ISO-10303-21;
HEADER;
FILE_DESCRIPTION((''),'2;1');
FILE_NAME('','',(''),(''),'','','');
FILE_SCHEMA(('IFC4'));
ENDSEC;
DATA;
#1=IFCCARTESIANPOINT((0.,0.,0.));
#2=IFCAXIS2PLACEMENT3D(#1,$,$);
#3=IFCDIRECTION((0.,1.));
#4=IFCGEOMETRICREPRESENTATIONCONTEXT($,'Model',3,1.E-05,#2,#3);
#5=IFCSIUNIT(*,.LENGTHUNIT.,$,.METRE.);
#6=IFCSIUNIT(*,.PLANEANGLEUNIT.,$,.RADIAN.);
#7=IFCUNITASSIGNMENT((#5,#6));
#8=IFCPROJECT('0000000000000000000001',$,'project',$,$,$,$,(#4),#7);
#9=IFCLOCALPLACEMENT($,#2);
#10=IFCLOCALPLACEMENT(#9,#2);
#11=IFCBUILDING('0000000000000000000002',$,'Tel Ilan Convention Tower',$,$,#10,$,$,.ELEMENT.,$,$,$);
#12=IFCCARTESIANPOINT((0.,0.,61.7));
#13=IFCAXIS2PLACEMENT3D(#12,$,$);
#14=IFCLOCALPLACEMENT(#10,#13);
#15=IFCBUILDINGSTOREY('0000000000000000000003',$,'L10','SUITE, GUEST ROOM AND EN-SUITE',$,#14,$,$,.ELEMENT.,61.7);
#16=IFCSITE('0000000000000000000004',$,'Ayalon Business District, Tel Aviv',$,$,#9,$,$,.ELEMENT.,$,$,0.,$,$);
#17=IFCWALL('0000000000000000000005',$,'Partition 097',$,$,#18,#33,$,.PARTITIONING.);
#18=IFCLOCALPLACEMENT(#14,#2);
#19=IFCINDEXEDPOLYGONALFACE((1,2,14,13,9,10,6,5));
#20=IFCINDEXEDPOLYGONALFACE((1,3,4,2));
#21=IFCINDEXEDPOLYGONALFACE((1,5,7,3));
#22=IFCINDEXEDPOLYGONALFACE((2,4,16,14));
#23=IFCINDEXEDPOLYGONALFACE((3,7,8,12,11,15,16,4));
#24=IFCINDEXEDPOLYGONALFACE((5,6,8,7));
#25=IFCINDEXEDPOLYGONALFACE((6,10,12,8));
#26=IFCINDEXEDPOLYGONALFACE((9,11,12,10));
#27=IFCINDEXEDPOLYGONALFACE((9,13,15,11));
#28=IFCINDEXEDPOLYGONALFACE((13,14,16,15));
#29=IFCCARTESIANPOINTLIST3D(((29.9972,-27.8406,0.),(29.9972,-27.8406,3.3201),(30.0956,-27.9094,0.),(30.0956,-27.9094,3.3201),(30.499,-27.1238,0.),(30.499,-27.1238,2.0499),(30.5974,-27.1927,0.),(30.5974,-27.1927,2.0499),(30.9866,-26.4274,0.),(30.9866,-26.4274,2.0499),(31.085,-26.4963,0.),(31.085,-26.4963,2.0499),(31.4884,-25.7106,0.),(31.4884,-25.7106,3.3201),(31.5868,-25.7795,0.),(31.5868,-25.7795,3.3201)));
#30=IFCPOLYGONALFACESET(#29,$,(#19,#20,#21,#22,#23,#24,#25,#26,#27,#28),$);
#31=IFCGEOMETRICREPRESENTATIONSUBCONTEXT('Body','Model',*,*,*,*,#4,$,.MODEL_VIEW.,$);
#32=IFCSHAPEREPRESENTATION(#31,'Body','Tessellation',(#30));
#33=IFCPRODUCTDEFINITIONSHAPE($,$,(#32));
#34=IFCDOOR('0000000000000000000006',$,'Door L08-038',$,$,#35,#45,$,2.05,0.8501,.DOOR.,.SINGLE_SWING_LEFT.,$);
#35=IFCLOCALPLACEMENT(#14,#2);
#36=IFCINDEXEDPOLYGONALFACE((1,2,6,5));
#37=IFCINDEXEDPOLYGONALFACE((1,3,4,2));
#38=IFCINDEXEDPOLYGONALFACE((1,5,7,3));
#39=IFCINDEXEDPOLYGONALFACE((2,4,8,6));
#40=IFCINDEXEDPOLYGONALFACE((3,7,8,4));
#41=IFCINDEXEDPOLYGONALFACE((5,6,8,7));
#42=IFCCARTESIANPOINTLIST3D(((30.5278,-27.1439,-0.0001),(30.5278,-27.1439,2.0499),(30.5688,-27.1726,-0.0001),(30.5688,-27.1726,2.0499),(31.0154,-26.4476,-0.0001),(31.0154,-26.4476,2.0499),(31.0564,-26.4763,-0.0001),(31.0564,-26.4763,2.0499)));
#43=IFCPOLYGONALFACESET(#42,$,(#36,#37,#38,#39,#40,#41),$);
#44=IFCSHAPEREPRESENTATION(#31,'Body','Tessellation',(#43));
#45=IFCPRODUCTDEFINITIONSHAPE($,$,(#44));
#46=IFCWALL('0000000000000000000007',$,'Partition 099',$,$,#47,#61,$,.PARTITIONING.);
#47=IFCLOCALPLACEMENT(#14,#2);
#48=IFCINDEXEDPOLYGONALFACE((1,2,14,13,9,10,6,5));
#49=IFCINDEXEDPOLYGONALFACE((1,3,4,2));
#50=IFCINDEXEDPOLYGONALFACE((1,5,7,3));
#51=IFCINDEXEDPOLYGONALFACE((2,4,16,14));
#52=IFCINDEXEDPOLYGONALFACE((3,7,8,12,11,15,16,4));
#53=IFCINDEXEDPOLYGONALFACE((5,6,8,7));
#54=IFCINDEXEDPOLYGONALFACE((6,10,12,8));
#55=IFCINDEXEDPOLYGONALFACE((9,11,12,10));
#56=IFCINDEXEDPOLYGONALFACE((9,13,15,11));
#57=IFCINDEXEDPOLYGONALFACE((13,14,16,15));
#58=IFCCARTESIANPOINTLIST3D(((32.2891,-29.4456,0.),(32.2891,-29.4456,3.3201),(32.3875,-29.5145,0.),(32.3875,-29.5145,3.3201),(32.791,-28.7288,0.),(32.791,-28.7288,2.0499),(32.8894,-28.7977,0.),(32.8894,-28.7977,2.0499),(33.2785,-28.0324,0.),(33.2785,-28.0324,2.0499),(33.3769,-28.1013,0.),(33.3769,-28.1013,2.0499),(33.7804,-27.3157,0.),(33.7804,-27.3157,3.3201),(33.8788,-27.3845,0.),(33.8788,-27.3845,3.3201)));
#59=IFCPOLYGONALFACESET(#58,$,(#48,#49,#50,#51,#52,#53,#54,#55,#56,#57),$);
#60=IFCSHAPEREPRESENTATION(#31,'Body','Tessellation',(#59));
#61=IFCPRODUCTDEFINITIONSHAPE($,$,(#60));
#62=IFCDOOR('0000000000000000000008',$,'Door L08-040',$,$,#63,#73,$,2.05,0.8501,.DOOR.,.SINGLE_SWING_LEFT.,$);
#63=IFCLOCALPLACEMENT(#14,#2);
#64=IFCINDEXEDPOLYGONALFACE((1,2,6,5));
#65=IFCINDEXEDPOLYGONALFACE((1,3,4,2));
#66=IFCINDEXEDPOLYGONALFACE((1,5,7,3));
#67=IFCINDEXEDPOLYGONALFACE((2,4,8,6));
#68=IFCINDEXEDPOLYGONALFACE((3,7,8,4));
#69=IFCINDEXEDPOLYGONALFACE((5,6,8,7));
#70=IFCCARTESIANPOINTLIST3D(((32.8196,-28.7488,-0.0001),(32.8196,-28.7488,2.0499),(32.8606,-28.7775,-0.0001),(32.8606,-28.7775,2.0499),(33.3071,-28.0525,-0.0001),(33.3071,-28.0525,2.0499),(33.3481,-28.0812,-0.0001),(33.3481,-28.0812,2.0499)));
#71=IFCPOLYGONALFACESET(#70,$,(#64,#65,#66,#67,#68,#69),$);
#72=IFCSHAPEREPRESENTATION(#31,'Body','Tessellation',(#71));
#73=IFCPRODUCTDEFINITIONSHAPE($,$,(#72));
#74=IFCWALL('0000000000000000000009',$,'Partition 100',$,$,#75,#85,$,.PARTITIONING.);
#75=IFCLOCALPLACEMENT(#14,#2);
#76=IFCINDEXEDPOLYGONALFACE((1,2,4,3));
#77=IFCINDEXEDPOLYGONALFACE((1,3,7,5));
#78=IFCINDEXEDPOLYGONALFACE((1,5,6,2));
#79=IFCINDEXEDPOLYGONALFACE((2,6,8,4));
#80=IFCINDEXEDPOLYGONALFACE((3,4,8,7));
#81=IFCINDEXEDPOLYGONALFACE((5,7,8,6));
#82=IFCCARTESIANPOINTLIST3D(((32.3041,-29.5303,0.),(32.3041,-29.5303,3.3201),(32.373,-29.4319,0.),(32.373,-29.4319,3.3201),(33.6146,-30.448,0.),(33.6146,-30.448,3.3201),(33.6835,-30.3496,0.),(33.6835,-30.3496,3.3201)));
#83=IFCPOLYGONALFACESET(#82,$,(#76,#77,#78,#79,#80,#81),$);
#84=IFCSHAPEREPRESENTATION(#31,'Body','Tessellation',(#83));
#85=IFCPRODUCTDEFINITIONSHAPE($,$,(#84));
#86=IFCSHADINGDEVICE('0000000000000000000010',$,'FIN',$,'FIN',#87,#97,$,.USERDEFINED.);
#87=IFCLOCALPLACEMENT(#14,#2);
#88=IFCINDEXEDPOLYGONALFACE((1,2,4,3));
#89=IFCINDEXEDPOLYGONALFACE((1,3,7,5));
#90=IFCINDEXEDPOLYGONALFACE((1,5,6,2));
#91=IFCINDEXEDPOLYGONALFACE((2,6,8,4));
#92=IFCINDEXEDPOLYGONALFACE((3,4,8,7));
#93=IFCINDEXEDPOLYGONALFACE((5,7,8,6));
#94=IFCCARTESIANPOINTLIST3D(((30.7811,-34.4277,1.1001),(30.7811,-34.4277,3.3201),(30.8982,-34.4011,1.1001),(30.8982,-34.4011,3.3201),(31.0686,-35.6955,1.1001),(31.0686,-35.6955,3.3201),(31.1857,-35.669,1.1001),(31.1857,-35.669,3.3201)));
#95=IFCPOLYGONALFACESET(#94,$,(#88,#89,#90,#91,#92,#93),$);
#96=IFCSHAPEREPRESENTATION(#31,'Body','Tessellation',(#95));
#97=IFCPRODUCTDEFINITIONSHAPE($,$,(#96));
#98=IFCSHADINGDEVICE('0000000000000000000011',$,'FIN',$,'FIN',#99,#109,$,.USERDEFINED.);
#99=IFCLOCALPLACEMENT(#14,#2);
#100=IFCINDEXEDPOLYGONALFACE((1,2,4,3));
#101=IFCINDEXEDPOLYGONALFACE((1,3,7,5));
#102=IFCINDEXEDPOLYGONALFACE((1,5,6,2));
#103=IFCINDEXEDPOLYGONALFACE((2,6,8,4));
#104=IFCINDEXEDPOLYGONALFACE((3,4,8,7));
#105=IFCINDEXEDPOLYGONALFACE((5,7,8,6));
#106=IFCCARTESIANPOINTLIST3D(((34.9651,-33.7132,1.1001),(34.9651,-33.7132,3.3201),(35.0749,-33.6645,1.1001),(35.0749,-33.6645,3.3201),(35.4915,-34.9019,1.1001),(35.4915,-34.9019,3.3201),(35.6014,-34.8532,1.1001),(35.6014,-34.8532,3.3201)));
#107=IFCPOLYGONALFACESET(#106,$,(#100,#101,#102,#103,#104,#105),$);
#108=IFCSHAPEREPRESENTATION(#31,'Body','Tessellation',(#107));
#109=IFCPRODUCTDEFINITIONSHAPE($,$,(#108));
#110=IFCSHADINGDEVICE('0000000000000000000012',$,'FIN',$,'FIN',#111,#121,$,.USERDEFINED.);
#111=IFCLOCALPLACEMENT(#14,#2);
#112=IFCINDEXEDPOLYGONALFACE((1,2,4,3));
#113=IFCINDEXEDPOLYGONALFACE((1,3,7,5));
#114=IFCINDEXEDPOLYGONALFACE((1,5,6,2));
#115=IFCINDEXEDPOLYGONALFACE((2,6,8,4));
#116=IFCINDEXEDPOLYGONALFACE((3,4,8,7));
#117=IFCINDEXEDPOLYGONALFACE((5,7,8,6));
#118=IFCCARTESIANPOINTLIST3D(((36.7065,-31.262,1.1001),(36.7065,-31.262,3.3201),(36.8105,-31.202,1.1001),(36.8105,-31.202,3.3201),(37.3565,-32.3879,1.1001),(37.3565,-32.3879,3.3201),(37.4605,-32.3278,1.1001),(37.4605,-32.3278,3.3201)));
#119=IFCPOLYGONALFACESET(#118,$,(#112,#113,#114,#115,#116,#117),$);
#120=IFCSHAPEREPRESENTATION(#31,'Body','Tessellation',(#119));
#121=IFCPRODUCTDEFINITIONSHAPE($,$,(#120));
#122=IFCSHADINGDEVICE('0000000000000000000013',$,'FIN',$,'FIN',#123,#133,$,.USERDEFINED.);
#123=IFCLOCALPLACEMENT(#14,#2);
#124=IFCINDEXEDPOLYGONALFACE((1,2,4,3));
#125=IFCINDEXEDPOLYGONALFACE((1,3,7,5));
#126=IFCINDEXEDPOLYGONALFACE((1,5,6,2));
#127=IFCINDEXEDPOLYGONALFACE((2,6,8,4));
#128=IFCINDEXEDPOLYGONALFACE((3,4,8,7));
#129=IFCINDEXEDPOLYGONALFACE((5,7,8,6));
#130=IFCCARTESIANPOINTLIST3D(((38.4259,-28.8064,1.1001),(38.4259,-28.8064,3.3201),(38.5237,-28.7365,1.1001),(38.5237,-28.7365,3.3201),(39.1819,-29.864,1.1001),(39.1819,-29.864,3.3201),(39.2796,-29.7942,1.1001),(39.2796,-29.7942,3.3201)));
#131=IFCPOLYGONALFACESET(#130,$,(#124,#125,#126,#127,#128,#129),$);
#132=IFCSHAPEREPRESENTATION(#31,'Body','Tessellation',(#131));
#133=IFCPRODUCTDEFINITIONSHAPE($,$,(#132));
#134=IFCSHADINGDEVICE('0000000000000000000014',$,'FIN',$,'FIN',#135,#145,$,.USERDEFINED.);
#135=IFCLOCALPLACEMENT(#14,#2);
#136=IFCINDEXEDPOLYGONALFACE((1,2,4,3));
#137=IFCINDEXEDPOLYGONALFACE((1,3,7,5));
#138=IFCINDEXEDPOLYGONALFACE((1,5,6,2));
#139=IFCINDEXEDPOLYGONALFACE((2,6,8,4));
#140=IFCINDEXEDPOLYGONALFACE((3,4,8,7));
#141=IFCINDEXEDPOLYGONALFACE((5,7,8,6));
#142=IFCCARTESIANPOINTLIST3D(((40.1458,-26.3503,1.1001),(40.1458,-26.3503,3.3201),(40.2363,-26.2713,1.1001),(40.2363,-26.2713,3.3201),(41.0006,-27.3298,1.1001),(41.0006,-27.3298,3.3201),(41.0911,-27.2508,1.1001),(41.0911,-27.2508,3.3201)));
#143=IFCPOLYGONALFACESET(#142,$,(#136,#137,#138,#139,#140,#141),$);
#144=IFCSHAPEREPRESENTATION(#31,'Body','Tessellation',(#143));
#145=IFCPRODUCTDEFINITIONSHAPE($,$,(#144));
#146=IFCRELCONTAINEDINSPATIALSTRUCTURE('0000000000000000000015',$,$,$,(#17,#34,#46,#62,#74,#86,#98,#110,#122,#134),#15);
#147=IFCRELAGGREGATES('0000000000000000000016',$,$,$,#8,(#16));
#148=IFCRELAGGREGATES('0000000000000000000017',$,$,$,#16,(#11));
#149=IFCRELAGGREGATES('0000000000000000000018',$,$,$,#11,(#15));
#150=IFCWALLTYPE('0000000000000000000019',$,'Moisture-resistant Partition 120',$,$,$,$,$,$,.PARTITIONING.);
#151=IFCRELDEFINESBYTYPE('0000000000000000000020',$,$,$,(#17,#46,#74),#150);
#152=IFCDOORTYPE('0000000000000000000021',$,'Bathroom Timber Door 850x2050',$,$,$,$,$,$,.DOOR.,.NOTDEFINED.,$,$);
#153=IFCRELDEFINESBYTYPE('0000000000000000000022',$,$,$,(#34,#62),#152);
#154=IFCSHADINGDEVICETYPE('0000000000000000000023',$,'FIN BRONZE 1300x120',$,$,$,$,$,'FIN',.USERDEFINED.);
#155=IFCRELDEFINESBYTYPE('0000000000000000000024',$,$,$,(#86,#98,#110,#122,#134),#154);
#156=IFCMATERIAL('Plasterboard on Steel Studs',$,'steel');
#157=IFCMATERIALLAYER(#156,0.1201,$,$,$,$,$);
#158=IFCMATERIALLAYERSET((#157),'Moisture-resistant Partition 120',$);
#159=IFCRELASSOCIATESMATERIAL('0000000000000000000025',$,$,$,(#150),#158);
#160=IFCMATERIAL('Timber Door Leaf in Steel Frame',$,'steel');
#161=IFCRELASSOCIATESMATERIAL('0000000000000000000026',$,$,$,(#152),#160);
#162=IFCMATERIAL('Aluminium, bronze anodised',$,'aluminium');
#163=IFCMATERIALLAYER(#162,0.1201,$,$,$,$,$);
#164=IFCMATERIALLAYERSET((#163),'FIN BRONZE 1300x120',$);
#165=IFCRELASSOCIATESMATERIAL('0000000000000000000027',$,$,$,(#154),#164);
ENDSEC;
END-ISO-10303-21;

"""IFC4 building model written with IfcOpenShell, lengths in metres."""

from ifc_helpers import new_model, si_unit, direction, frame, frame_2d, origin, origin_2d, place, context, subcontext, project, spatial, rectangle, extrude, material, layer, layer_set, type_object, element, fill, save


model = new_model("IFC4")

# Units and contexts
model_context = context("Model", 3, precision=1e-05, world=origin(), true_north=direction((0.0, 1.0)))
body_context = subcontext(model_context, "Body", "Model", "MODEL_VIEW")
ifc_project = project(units=[si_unit("LENGTHUNIT", "METRE"), si_unit("PLANEANGLEUNIT", "RADIAN")], contexts=[model_context])

# Site, building, storey
site_placement = place(None, origin())
site = spatial("IfcSite", under=ifc_project, at=site_placement, Name="Ayalon Business District, Tel Aviv", CompositionType="ELEMENT", RefElevation=0.0)
building_placement = place(site_placement, origin())
building = spatial("IfcBuilding", under=site, at=building_placement, Name="Tel Ilan Convention Tower", CompositionType="ELEMENT")
storey_placement = place(building_placement, frame((0.0, 0.0, 61.7)))
storey = spatial("IfcBuildingStorey", under=building, at=storey_placement, Name="L10", Description="SUITE, GUEST ROOM AND EN-SUITE", CompositionType="ELEMENT", Elevation=61.7)

# Walls, openings, doors
ifc_material_1 = material(Name="Plasterboard on Steel Studs", Category="steel")
ifc_layer_1 = layer(ifc_material_1, 0.1201)
ifc_layer_set_1 = layer_set([ifc_layer_1], Name="Moisture-resistant Partition 120")
wall_type_1 = type_object("IfcWallType", Name="Moisture-resistant Partition 120", PredefinedType="PARTITIONING", material=ifc_layer_set_1)
wall_1_placement = place(storey_placement, frame((30.0464, -27.875, 0.0), z_axis=(0.0, 0.0, 1.0), x_axis=(0.573538, 0.819179, 0.0)))
wall_1 = element("IfcWall", 1, at=wall_1_placement, inside=storey, type_object=wall_type_1, Name="Partition 097", PredefinedType="PARTITIONING", context=body_context, shape_type="SweptSolid", body=[
    extrude(rectangle(XDim=2.6001, YDim=0.1201, at=frame_2d((1.3, 0.0))), origin(), (0.0, 0.0, 1.0), 3.3201),
])
opening_1_placement = place(wall_1_placement, frame((0.875, 0.0, 0.0)))
opening_1 = element("IfcOpeningElement", 2, at=opening_1_placement, cuts=wall_1, PredefinedType="OPENING", context=body_context, shape_type="SweptSolid", body=[
    extrude(rectangle(XDim=0.8501, YDim=2.05, at=frame_2d((0.425, 1.0249))), frame((0.0, 0.0701, 0.0), z_axis=(0.0, -1.0, 0.0), x_axis=(1.0, 0.0, 0.0)), (0.0, 0.0, 1.0), 0.1401),
])
ifc_material_2 = material(Name="Timber Door Leaf in Steel Frame", Category="steel")
door_type_1 = type_object("IfcDoorType", Name="Bathroom Timber Door 850x2050", OperationType="NOTDEFINED", PredefinedType="DOOR", material=ifc_material_2)
door_1_placement = place(opening_1_placement, origin())
door_1 = element("IfcDoor", 3, at=door_1_placement, inside=storey, type_object=door_type_1, Name="Door L08-038", OperationType="SINGLE_SWING_LEFT", OverallHeight=2.05, OverallWidth=0.8501, PredefinedType="DOOR", context=body_context, shape_type="SweptSolid", body=[
    extrude(rectangle(XDim=0.8501, YDim=2.05, at=frame_2d((0.425, 1.0249))), frame((0.0, 0.0249, 0.0), z_axis=(0.0, -1.0, 0.0), x_axis=(1.0, 0.0, 0.0)), (0.0, 0.0, 1.0), 0.05),
])
fill(opening_1, door_1)
wall_2_placement = place(storey_placement, frame((33.8296, -27.3501, 0.0), z_axis=(0.0, 0.0, 1.0), x_axis=(-0.573538, -0.819179, 0.0)))
wall_2 = element("IfcWall", 4, at=wall_2_placement, inside=storey, type_object=wall_type_1, Name="Partition 099", PredefinedType="PARTITIONING", context=body_context, shape_type="SweptSolid", body=[
    extrude(rectangle(XDim=2.6001, YDim=0.1201, at=frame_2d((1.3, 0.0))), origin(), (0.0, 0.0, 1.0), 3.3201),
])
opening_2_placement = place(wall_2_placement, frame((0.875, 0.0, 0.0)))
opening_2 = element("IfcOpeningElement", 5, at=opening_2_placement, cuts=wall_2, PredefinedType="OPENING", context=body_context, shape_type="SweptSolid", body=[
    extrude(rectangle(XDim=0.8501, YDim=2.05, at=frame_2d((0.425, 1.0249))), frame((0.0, 0.0701, 0.0), z_axis=(0.0, -1.0, 0.0), x_axis=(1.0, 0.0, 0.0)), (0.0, 0.0, 1.0), 0.1401),
])
door_2_placement = place(opening_2_placement, origin())
door_2 = element("IfcDoor", 6, at=door_2_placement, inside=storey, type_object=door_type_1, Name="Door L08-040", OperationType="SINGLE_SWING_LEFT", OverallHeight=2.05, OverallWidth=0.8501, PredefinedType="DOOR", context=body_context, shape_type="SweptSolid", body=[
    extrude(rectangle(XDim=0.8501, YDim=2.05, at=frame_2d((0.425, 1.0249))), frame((0.0, 0.0249, 0.0), z_axis=(0.0, -1.0, 0.0), x_axis=(1.0, 0.0, 0.0)), (0.0, 0.0, 1.0), 0.05),
])
fill(opening_2, door_2)

# Wall
wall_3_placement = place(storey_placement, frame((32.3386, -29.4812, 0.0), z_axis=(0.0, 0.0, 1.0), x_axis=(0.819132, -0.573606, 0.0)))
element("IfcWall", 7, at=wall_3_placement, inside=storey, type_object=wall_type_1, Name="Partition 100", PredefinedType="PARTITIONING", context=body_context, shape_type="SweptSolid", body=[
    extrude(rectangle(XDim=1.5999, YDim=0.1201, at=frame_2d((0.7998, 0.0))), origin(), (0.0, 0.0, 1.0), 3.3201),
])

# Shading devices
ifc_material_3 = material(Name="Aluminium, bronze anodised", Category="aluminium")
ifc_layer_2 = layer(ifc_material_3, 0.1201)
ifc_layer_set_2 = layer_set([ifc_layer_2], Name="FIN BRONZE 1300x120")
shading_device_type = type_object("IfcShadingDeviceType", Name="FIN BRONZE 1300x120", ElementType="FIN", PredefinedType="USERDEFINED", material=ifc_layer_set_2)
for number, where, z_axis, x_axis, name in (
    (8, (30.9834, -35.0483, 1.1001), (0.0, 0.0, 1.0), (0.22117, -0.975235, 0.0), "FIN"),
    (9, (35.2832, -34.2832, 1.1001), (0.0, 0.0, 1.0), (0.404964, -0.914333, 0.0), "FIN"),
    (10, (37.0835, -31.7949, 1.1001), (0.0, 0.0, 1.0), (0.5, -0.866025, 0.0), "FIN"),
    (11, (38.8528, -29.3003, 1.1001), (0.0, 0.0, 1.0), (0.581492, -0.813552, 0.0), "FIN"),
    (12, (40.6184, -26.8005, 1.1001), (0.0, 0.0, 1.0), (0.657521, -0.753436, 0.0), "FIN"),
):
    element("IfcShadingDevice", number, at=place(storey_placement, frame(where, z_axis=z_axis, x_axis=x_axis)), inside=storey, type_object=shading_device_type, Name=name, ObjectType="FIN", PredefinedType="USERDEFINED", context=body_context, shape_type="SweptSolid", body=[
        extrude(rectangle(XDim=1.3, YDim=0.1201, at=origin_2d()), origin(), (0.0, 0.0, 1.0), 2.22),
    ])

save(model, "model.ifc")
